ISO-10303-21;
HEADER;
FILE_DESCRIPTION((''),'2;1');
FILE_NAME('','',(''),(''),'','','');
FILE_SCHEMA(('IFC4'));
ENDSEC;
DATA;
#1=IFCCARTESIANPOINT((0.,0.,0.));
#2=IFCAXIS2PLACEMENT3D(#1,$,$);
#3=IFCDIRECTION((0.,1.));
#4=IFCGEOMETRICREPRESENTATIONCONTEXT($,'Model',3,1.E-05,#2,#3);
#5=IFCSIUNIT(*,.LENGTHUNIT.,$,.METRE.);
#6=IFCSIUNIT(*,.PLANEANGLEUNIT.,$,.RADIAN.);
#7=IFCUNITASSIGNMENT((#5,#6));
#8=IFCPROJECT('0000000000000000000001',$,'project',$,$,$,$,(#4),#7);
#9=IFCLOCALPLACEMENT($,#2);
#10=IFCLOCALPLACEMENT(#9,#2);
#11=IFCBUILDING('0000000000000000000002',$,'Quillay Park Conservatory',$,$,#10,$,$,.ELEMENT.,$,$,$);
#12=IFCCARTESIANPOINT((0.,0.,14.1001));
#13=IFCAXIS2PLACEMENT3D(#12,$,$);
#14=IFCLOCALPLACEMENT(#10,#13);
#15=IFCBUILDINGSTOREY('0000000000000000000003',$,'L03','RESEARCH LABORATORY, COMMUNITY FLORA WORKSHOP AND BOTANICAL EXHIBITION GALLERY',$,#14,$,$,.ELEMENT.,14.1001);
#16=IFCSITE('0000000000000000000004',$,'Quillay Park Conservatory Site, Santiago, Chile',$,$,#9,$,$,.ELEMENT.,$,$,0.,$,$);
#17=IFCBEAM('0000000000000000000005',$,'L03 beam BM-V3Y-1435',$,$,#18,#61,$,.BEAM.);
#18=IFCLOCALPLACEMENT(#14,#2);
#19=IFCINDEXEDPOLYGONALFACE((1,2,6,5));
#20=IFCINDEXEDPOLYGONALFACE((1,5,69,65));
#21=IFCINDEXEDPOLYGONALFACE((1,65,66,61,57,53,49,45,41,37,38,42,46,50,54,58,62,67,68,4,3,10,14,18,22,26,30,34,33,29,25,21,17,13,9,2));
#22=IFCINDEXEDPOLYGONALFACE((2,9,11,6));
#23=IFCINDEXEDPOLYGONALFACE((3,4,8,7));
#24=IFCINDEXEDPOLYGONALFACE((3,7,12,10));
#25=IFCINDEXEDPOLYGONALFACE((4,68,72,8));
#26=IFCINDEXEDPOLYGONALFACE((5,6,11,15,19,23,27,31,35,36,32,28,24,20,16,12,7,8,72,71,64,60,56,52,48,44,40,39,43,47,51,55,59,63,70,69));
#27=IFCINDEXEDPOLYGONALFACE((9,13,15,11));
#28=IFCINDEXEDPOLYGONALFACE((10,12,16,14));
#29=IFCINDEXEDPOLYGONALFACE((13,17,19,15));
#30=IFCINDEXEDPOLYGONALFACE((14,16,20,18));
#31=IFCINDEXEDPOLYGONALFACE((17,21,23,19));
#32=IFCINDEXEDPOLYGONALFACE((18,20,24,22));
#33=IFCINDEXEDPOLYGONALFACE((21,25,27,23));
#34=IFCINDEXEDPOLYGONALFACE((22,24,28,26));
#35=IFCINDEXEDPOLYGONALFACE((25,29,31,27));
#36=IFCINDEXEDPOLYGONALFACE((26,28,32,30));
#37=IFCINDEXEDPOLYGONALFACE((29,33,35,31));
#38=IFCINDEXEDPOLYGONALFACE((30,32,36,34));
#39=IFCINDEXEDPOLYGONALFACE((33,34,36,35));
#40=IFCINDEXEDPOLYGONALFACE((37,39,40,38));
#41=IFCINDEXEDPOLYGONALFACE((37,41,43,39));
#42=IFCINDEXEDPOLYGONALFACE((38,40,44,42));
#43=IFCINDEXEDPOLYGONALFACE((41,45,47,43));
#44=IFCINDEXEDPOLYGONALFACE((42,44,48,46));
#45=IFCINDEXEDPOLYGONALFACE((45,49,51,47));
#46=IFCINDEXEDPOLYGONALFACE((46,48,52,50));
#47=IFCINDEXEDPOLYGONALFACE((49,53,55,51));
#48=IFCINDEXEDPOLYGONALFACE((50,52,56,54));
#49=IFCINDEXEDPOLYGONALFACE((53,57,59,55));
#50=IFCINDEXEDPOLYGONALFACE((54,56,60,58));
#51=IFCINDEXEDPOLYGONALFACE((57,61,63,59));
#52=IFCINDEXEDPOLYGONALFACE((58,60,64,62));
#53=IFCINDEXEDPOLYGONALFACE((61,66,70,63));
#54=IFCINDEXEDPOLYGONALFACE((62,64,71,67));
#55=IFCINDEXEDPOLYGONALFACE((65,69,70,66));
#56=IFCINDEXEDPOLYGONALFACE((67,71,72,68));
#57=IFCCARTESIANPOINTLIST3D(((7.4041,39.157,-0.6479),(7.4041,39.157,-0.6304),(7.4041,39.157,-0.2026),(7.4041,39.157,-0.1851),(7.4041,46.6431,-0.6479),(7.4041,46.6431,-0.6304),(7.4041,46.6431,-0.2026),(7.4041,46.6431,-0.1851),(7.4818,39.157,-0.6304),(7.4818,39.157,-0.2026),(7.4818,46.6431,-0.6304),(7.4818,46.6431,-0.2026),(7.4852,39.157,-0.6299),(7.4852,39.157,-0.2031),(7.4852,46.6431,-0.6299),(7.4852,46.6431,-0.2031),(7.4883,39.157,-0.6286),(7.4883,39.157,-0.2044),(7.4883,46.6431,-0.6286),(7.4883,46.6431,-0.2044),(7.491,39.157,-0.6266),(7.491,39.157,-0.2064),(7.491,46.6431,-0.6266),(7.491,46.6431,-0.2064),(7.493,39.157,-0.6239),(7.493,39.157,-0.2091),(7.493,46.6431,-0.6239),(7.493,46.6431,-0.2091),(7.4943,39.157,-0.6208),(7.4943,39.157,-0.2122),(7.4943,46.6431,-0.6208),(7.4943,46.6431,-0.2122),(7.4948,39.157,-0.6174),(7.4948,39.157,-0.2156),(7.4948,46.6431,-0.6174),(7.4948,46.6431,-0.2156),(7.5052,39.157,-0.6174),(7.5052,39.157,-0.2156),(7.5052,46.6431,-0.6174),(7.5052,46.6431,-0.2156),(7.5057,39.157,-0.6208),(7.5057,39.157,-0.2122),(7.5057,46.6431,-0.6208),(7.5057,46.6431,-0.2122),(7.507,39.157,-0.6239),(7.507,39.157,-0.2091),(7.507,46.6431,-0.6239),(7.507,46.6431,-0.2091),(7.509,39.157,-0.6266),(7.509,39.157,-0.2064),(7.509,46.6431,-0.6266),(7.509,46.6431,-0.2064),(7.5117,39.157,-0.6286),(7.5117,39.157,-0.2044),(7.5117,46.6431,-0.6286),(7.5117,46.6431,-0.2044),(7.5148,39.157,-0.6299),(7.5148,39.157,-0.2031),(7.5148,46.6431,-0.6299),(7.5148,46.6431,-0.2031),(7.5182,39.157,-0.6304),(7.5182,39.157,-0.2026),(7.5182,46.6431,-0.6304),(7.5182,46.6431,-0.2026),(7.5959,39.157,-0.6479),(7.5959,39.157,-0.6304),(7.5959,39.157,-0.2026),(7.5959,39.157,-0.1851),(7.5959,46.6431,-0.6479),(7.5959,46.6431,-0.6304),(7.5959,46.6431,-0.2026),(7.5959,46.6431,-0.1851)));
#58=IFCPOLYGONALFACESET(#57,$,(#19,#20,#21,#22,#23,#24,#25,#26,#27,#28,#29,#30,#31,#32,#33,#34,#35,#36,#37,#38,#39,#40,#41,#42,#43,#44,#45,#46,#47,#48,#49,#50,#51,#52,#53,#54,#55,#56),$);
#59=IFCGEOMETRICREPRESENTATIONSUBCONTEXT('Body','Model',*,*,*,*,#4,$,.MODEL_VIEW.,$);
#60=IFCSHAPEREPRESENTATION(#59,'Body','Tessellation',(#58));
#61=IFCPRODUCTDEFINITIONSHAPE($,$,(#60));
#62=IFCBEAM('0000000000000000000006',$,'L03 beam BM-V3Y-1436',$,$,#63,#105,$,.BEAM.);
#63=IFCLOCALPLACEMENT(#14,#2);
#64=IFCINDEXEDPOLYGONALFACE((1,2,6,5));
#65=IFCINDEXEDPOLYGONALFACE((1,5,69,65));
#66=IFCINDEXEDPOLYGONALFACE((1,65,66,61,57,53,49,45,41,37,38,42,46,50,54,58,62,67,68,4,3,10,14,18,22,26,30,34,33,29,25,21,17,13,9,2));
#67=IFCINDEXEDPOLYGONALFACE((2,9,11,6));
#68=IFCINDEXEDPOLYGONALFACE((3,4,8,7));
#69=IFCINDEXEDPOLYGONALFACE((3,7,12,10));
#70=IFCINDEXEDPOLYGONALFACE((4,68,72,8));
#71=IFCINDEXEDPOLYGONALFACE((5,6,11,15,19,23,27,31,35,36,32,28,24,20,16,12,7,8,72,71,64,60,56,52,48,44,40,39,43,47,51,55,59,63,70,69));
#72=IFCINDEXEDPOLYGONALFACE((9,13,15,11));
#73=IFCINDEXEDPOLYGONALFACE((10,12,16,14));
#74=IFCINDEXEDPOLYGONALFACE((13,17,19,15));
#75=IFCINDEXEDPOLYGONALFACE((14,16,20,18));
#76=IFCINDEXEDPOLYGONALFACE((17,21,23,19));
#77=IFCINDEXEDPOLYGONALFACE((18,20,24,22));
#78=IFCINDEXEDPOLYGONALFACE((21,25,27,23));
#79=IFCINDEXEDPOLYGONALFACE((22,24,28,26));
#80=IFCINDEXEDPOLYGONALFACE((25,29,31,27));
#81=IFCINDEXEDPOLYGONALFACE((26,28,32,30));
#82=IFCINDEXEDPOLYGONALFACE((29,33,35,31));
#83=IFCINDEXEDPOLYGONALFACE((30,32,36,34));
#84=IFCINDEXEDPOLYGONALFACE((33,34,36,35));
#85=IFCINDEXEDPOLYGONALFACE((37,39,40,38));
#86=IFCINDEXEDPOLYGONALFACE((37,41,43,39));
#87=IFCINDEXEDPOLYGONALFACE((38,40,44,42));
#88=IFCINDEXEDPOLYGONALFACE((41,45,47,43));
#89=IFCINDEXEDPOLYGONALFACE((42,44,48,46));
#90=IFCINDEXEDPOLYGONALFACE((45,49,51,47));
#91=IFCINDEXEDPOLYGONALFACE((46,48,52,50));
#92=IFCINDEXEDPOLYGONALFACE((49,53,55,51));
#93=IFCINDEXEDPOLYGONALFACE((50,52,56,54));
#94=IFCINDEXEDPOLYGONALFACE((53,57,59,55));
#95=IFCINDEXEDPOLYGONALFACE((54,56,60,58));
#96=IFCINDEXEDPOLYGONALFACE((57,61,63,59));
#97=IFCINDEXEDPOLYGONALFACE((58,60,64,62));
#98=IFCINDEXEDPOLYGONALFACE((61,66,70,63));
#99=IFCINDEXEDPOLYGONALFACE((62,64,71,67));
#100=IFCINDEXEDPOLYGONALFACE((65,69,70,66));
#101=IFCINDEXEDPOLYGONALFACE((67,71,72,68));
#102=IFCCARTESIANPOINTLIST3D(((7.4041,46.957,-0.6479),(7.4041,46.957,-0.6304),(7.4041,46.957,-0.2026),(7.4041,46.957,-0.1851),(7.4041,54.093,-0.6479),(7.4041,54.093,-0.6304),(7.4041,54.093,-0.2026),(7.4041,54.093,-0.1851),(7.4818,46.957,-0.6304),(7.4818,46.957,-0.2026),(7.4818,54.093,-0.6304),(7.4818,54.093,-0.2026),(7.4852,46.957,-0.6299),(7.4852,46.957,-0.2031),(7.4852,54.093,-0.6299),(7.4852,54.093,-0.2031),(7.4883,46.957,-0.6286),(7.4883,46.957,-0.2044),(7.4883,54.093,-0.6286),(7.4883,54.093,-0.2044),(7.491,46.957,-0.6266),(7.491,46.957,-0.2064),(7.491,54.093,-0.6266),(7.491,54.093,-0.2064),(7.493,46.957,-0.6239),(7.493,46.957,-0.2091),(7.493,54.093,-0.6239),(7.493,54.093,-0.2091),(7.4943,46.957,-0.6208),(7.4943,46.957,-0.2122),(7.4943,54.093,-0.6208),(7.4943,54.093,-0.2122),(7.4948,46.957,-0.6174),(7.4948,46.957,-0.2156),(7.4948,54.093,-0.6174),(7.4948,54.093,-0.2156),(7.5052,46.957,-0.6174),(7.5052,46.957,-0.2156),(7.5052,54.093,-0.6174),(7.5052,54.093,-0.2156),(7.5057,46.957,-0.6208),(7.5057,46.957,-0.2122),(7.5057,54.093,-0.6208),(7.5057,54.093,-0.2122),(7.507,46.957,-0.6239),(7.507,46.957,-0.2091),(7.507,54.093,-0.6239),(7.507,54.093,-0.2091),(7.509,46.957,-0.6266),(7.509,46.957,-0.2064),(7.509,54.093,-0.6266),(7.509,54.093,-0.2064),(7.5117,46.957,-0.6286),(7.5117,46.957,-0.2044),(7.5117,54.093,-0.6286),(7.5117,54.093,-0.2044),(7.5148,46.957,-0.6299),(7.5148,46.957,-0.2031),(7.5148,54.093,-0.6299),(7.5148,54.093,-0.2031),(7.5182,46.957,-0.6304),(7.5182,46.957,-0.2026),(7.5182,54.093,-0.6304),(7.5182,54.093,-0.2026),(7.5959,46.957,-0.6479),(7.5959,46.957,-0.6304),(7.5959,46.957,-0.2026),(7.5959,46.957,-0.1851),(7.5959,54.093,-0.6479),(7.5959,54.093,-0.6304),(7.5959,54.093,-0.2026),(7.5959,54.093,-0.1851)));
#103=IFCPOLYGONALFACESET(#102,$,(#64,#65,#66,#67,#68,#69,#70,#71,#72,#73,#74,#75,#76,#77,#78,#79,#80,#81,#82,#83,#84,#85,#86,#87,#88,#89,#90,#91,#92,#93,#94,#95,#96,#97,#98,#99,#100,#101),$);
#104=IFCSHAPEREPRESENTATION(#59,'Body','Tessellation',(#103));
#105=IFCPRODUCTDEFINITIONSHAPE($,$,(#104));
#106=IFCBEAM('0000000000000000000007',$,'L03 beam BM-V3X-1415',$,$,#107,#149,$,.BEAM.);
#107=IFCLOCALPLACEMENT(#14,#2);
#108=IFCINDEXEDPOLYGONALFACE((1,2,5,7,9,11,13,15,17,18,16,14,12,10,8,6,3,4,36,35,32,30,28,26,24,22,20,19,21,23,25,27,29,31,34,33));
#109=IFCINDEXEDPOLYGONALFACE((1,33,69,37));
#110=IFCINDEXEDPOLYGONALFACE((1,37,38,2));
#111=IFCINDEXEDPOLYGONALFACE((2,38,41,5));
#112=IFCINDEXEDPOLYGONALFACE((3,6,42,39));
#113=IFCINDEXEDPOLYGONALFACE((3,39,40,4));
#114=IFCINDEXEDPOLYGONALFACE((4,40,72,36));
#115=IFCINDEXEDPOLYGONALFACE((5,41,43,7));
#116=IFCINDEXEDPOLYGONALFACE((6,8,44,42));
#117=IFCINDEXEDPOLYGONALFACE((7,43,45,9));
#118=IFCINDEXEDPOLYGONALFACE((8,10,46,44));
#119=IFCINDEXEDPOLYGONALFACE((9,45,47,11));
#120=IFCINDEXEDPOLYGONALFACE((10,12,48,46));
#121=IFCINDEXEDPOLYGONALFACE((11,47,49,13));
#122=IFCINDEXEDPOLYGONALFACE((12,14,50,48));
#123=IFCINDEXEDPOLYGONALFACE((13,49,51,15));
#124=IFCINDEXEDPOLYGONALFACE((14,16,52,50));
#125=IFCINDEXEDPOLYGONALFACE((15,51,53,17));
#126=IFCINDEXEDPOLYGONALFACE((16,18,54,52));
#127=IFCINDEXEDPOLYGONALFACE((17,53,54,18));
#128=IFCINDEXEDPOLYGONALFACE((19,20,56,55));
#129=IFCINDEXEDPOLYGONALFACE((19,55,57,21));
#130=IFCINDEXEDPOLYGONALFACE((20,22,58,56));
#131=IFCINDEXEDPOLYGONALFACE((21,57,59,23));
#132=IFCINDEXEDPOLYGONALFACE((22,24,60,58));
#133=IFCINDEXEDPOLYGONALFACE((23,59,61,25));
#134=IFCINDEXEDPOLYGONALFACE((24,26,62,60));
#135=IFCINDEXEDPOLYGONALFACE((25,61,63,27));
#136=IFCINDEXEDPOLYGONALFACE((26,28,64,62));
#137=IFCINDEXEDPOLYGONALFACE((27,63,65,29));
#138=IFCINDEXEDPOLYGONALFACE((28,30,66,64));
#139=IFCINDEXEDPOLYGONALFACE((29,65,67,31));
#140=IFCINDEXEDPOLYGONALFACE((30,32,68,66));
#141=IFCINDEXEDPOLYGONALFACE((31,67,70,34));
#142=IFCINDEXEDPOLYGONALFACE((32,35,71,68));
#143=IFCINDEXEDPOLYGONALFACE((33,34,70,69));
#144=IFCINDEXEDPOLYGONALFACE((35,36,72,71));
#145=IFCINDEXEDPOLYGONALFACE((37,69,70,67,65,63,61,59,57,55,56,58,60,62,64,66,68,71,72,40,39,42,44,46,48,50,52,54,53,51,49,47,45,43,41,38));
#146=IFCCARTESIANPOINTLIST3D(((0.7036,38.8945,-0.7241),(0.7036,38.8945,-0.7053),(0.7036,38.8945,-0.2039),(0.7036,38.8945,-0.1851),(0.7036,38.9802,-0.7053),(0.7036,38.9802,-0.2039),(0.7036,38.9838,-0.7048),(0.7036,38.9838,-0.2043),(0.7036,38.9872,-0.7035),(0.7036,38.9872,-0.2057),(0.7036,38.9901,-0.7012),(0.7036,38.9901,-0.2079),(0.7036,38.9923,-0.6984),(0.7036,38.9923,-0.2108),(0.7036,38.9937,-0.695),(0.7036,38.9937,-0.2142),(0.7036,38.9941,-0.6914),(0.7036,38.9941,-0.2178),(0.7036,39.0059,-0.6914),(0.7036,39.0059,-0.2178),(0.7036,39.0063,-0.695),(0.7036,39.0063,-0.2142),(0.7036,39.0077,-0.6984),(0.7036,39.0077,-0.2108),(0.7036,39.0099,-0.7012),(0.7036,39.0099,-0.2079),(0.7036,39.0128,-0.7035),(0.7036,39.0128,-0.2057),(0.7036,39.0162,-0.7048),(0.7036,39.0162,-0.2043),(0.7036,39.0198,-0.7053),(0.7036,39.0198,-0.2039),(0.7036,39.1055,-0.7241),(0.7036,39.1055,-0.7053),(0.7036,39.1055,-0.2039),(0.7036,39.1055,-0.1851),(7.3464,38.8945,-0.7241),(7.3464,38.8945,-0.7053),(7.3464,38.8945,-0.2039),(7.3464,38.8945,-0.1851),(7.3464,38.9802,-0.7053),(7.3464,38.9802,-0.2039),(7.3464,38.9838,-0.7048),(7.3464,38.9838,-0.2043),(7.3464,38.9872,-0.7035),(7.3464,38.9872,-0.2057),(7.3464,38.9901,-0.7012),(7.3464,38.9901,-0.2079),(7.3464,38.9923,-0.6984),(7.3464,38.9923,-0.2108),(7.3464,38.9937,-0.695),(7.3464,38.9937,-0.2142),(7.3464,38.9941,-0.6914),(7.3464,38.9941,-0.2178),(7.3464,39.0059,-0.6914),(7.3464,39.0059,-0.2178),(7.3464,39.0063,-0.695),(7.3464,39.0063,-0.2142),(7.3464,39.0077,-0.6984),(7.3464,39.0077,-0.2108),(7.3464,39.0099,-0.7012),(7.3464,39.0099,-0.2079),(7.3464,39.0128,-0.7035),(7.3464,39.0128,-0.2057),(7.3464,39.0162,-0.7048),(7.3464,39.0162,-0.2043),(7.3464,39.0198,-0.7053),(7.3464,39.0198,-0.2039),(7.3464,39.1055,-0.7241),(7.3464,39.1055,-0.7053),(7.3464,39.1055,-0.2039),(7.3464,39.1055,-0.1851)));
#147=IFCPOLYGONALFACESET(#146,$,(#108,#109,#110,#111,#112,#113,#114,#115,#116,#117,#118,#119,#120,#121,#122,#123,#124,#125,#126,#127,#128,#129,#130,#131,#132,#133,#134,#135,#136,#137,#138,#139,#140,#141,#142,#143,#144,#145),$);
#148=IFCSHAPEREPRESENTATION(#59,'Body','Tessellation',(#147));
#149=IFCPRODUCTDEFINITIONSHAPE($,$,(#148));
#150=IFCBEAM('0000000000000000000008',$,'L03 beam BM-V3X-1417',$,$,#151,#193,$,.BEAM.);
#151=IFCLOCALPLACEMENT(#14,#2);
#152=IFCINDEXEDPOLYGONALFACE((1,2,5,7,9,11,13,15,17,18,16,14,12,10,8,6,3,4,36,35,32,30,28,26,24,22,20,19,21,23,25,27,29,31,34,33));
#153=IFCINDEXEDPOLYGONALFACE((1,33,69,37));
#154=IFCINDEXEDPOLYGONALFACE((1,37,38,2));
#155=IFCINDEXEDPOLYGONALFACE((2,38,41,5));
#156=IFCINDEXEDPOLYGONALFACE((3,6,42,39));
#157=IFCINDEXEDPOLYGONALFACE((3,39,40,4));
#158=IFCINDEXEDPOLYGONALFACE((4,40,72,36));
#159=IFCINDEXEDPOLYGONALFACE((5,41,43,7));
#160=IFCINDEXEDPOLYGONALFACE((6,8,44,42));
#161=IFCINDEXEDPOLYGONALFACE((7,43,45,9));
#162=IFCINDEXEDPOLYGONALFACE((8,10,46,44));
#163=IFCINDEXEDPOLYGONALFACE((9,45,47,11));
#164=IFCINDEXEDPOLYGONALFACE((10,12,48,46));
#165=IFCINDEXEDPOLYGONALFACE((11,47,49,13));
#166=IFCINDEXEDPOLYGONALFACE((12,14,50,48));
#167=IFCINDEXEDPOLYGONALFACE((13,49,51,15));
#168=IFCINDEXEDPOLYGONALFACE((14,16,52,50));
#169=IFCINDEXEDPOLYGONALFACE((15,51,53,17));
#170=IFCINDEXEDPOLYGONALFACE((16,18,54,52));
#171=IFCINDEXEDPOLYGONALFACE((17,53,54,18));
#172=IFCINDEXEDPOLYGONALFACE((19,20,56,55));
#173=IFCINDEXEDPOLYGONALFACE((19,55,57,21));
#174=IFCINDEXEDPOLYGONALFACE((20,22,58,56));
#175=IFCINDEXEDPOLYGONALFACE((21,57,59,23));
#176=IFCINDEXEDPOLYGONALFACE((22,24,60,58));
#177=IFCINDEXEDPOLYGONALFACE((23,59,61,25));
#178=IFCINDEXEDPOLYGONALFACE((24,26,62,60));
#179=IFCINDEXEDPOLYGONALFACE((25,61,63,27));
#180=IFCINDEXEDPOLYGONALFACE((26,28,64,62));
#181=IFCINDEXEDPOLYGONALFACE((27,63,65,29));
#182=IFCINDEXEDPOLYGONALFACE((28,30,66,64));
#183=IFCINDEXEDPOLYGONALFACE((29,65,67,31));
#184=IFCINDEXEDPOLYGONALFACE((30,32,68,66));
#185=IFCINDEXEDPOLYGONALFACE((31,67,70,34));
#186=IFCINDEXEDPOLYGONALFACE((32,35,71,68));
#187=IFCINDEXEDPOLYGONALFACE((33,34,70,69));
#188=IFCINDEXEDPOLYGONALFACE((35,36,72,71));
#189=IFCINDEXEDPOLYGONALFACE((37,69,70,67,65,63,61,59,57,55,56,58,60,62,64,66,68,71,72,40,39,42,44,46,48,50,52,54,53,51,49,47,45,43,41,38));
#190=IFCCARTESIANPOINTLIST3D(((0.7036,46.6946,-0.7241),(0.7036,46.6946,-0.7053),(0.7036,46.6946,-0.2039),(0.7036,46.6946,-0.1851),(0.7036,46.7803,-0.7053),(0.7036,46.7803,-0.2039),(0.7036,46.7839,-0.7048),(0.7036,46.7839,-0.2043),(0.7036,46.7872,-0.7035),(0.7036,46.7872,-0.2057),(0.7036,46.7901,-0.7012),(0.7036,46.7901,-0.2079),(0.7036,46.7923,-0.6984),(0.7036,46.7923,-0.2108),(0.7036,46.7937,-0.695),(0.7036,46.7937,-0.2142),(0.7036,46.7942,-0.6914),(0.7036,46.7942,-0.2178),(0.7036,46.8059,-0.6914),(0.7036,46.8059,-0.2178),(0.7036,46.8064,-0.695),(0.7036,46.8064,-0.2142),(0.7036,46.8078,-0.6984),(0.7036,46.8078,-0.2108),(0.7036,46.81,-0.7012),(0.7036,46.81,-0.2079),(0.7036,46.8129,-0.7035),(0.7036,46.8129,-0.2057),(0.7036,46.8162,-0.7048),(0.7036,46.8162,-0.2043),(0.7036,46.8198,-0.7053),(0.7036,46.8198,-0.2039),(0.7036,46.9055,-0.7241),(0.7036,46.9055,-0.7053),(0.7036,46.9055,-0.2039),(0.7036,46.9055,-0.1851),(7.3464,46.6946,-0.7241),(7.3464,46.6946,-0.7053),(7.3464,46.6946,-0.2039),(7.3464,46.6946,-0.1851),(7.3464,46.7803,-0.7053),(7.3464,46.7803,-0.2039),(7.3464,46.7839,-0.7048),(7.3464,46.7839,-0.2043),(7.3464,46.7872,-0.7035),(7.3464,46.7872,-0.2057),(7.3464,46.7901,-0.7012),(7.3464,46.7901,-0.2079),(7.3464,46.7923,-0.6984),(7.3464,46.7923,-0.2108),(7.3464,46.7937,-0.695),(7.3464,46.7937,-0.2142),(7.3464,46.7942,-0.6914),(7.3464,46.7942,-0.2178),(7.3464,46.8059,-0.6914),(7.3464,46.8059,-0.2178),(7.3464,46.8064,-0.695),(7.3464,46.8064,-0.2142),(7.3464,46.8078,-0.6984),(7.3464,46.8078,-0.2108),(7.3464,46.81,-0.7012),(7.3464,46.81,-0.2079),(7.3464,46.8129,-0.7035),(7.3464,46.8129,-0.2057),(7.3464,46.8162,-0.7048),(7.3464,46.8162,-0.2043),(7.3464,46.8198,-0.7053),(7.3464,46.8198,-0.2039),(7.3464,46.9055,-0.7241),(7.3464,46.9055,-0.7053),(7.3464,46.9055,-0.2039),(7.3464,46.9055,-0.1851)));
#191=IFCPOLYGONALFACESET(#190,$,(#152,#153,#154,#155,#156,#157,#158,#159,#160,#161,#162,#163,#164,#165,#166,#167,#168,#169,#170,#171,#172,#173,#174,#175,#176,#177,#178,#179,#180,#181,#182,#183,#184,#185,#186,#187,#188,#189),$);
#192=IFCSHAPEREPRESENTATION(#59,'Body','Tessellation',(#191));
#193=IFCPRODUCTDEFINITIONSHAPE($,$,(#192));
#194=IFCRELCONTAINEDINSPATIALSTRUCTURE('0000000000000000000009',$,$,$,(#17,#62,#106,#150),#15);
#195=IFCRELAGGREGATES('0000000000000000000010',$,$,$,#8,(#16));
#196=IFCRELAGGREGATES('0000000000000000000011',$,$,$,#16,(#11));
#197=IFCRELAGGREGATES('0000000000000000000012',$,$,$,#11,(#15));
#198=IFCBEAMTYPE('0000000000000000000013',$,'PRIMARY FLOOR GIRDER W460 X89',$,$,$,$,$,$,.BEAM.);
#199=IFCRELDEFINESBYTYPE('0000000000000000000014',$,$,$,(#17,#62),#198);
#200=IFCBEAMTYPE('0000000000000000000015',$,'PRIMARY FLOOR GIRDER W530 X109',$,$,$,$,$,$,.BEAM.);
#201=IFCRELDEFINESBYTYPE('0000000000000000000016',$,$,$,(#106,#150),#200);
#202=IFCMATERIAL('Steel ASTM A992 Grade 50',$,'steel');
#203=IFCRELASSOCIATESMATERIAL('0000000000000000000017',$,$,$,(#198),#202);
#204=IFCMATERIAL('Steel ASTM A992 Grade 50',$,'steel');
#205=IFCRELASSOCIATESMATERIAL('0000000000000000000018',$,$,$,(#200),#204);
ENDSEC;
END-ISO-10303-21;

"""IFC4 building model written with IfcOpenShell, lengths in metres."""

from ifc_helpers import new_model, si_unit, direction, frame, origin, origin_2d, place, context, subcontext, project, spatial, i_section, extrude, material, material_profile, profile_set, type_object, element, save


model = new_model("IFC4")

# Units and contexts
model_context = context("Model", 3, precision=1e-05, world=origin(), true_north=direction((0.0, 1.0)))
body_context = subcontext(model_context, "Body", "Model", "MODEL_VIEW")
ifc_project = project(units=[si_unit("LENGTHUNIT", "METRE"), si_unit("PLANEANGLEUNIT", "RADIAN")], contexts=[model_context])

# Site, building, storey
site_placement = place(None, origin())
site = spatial("IfcSite", under=ifc_project, at=site_placement, Name="Quillay Park Conservatory Site, Santiago, Chile", CompositionType="ELEMENT", RefElevation=0.0)
building_placement = place(site_placement, origin())
building = spatial("IfcBuilding", under=site, at=building_placement, Name="Quillay Park Conservatory", CompositionType="ELEMENT")
storey_placement = place(building_placement, frame((0.0, 0.0, 14.1001)))
storey = spatial("IfcBuildingStorey", under=building, at=storey_placement, Name="L03", Description="RESEARCH LABORATORY, COMMUNITY FLORA WORKSHOP AND BOTANICAL EXHIBITION GALLERY", CompositionType="ELEMENT", Elevation=14.1001)

# Beams
ifc_material_1 = material(Name="Steel ASTM A992 Grade 50", Category="steel")
ifc_material_profile_1 = material_profile(ifc_material_1, i_section(OverallWidth=0.1919, OverallDepth=0.4629, WebThickness=0.0105, FlangeThickness=0.0176, FilletRadius=0.0129, at=origin_2d()), Name="W460x89")
ifc_profile_set_1 = profile_set([ifc_material_profile_1], Name="Steel ASTM A992 Grade 50")
beam_type_1 = type_object("IfcBeamType", Name="PRIMARY FLOOR GIRDER W460 X89", PredefinedType="BEAM", material=ifc_profile_set_1)
beam_1_placement = place(storey_placement, frame((7.5, 39.157, -0.4165), z_axis=(0.0, 1.0, 0.0), x_axis=(-1.0, 0.0, 0.0)))
element("IfcBeam", 1, at=beam_1_placement, inside=storey, type_object=beam_type_1, Name="L03 beam BM-V3Y-1435", PredefinedType="BEAM", context=body_context, shape_type="SweptSolid", body=[
    extrude(i_section(OverallWidth=0.1919, OverallDepth=0.4629, WebThickness=0.0105, FlangeThickness=0.0176, FilletRadius=0.0129, at=origin_2d()), origin(), (0.0, 0.0, 1.0), 7.4861),
])
beam_2_placement = place(storey_placement, frame((7.5, 46.957, -0.4165), z_axis=(0.0, 1.0, 0.0), x_axis=(-1.0, 0.0, 0.0)))
element("IfcBeam", 2, at=beam_2_placement, inside=storey, type_object=beam_type_1, Name="L03 beam BM-V3Y-1436", PredefinedType="BEAM", context=body_context, shape_type="SweptSolid", body=[
    extrude(i_section(OverallWidth=0.1919, OverallDepth=0.4629, WebThickness=0.0105, FlangeThickness=0.0176, FilletRadius=0.0129, at=origin_2d()), origin(), (0.0, 0.0, 1.0), 7.136),
])
ifc_material_2 = material(Name="Steel ASTM A992 Grade 50", Category="steel")
ifc_material_profile_2 = material_profile(ifc_material_2, i_section(OverallWidth=0.2109, OverallDepth=0.5391, WebThickness=0.0117, FlangeThickness=0.0188, FilletRadius=0.0139, at=origin_2d()), Name="W530x109")
ifc_profile_set_2 = profile_set([ifc_material_profile_2], Name="Steel ASTM A992 Grade 50")
beam_type_2 = type_object("IfcBeamType", Name="PRIMARY FLOOR GIRDER W530 X109", PredefinedType="BEAM", material=ifc_profile_set_2)
for number, where, z_axis, x_axis, name in (
    (3, (0.7036, 39.0, -0.4546), (1.0, 0.0, 0.0), (0.0, 1.0, 0.0), "L03 beam BM-V3X-1415"),
    (4, (0.7036, 46.8, -0.4546), (1.0, 0.0, 0.0), (0.0, 1.0, 0.0), "L03 beam BM-V3X-1417"),
):
    element("IfcBeam", number, at=place(storey_placement, frame(where, z_axis=z_axis, x_axis=x_axis)), inside=storey, type_object=beam_type_2, Name=name, PredefinedType="BEAM", context=body_context, shape_type="SweptSolid", body=[
        extrude(i_section(OverallWidth=0.2109, OverallDepth=0.5391, WebThickness=0.0117, FlangeThickness=0.0188, FilletRadius=0.0139, at=origin_2d()), origin(), (0.0, 0.0, 1.0), 6.6428),
    ])

save(model, "model.ifc")
